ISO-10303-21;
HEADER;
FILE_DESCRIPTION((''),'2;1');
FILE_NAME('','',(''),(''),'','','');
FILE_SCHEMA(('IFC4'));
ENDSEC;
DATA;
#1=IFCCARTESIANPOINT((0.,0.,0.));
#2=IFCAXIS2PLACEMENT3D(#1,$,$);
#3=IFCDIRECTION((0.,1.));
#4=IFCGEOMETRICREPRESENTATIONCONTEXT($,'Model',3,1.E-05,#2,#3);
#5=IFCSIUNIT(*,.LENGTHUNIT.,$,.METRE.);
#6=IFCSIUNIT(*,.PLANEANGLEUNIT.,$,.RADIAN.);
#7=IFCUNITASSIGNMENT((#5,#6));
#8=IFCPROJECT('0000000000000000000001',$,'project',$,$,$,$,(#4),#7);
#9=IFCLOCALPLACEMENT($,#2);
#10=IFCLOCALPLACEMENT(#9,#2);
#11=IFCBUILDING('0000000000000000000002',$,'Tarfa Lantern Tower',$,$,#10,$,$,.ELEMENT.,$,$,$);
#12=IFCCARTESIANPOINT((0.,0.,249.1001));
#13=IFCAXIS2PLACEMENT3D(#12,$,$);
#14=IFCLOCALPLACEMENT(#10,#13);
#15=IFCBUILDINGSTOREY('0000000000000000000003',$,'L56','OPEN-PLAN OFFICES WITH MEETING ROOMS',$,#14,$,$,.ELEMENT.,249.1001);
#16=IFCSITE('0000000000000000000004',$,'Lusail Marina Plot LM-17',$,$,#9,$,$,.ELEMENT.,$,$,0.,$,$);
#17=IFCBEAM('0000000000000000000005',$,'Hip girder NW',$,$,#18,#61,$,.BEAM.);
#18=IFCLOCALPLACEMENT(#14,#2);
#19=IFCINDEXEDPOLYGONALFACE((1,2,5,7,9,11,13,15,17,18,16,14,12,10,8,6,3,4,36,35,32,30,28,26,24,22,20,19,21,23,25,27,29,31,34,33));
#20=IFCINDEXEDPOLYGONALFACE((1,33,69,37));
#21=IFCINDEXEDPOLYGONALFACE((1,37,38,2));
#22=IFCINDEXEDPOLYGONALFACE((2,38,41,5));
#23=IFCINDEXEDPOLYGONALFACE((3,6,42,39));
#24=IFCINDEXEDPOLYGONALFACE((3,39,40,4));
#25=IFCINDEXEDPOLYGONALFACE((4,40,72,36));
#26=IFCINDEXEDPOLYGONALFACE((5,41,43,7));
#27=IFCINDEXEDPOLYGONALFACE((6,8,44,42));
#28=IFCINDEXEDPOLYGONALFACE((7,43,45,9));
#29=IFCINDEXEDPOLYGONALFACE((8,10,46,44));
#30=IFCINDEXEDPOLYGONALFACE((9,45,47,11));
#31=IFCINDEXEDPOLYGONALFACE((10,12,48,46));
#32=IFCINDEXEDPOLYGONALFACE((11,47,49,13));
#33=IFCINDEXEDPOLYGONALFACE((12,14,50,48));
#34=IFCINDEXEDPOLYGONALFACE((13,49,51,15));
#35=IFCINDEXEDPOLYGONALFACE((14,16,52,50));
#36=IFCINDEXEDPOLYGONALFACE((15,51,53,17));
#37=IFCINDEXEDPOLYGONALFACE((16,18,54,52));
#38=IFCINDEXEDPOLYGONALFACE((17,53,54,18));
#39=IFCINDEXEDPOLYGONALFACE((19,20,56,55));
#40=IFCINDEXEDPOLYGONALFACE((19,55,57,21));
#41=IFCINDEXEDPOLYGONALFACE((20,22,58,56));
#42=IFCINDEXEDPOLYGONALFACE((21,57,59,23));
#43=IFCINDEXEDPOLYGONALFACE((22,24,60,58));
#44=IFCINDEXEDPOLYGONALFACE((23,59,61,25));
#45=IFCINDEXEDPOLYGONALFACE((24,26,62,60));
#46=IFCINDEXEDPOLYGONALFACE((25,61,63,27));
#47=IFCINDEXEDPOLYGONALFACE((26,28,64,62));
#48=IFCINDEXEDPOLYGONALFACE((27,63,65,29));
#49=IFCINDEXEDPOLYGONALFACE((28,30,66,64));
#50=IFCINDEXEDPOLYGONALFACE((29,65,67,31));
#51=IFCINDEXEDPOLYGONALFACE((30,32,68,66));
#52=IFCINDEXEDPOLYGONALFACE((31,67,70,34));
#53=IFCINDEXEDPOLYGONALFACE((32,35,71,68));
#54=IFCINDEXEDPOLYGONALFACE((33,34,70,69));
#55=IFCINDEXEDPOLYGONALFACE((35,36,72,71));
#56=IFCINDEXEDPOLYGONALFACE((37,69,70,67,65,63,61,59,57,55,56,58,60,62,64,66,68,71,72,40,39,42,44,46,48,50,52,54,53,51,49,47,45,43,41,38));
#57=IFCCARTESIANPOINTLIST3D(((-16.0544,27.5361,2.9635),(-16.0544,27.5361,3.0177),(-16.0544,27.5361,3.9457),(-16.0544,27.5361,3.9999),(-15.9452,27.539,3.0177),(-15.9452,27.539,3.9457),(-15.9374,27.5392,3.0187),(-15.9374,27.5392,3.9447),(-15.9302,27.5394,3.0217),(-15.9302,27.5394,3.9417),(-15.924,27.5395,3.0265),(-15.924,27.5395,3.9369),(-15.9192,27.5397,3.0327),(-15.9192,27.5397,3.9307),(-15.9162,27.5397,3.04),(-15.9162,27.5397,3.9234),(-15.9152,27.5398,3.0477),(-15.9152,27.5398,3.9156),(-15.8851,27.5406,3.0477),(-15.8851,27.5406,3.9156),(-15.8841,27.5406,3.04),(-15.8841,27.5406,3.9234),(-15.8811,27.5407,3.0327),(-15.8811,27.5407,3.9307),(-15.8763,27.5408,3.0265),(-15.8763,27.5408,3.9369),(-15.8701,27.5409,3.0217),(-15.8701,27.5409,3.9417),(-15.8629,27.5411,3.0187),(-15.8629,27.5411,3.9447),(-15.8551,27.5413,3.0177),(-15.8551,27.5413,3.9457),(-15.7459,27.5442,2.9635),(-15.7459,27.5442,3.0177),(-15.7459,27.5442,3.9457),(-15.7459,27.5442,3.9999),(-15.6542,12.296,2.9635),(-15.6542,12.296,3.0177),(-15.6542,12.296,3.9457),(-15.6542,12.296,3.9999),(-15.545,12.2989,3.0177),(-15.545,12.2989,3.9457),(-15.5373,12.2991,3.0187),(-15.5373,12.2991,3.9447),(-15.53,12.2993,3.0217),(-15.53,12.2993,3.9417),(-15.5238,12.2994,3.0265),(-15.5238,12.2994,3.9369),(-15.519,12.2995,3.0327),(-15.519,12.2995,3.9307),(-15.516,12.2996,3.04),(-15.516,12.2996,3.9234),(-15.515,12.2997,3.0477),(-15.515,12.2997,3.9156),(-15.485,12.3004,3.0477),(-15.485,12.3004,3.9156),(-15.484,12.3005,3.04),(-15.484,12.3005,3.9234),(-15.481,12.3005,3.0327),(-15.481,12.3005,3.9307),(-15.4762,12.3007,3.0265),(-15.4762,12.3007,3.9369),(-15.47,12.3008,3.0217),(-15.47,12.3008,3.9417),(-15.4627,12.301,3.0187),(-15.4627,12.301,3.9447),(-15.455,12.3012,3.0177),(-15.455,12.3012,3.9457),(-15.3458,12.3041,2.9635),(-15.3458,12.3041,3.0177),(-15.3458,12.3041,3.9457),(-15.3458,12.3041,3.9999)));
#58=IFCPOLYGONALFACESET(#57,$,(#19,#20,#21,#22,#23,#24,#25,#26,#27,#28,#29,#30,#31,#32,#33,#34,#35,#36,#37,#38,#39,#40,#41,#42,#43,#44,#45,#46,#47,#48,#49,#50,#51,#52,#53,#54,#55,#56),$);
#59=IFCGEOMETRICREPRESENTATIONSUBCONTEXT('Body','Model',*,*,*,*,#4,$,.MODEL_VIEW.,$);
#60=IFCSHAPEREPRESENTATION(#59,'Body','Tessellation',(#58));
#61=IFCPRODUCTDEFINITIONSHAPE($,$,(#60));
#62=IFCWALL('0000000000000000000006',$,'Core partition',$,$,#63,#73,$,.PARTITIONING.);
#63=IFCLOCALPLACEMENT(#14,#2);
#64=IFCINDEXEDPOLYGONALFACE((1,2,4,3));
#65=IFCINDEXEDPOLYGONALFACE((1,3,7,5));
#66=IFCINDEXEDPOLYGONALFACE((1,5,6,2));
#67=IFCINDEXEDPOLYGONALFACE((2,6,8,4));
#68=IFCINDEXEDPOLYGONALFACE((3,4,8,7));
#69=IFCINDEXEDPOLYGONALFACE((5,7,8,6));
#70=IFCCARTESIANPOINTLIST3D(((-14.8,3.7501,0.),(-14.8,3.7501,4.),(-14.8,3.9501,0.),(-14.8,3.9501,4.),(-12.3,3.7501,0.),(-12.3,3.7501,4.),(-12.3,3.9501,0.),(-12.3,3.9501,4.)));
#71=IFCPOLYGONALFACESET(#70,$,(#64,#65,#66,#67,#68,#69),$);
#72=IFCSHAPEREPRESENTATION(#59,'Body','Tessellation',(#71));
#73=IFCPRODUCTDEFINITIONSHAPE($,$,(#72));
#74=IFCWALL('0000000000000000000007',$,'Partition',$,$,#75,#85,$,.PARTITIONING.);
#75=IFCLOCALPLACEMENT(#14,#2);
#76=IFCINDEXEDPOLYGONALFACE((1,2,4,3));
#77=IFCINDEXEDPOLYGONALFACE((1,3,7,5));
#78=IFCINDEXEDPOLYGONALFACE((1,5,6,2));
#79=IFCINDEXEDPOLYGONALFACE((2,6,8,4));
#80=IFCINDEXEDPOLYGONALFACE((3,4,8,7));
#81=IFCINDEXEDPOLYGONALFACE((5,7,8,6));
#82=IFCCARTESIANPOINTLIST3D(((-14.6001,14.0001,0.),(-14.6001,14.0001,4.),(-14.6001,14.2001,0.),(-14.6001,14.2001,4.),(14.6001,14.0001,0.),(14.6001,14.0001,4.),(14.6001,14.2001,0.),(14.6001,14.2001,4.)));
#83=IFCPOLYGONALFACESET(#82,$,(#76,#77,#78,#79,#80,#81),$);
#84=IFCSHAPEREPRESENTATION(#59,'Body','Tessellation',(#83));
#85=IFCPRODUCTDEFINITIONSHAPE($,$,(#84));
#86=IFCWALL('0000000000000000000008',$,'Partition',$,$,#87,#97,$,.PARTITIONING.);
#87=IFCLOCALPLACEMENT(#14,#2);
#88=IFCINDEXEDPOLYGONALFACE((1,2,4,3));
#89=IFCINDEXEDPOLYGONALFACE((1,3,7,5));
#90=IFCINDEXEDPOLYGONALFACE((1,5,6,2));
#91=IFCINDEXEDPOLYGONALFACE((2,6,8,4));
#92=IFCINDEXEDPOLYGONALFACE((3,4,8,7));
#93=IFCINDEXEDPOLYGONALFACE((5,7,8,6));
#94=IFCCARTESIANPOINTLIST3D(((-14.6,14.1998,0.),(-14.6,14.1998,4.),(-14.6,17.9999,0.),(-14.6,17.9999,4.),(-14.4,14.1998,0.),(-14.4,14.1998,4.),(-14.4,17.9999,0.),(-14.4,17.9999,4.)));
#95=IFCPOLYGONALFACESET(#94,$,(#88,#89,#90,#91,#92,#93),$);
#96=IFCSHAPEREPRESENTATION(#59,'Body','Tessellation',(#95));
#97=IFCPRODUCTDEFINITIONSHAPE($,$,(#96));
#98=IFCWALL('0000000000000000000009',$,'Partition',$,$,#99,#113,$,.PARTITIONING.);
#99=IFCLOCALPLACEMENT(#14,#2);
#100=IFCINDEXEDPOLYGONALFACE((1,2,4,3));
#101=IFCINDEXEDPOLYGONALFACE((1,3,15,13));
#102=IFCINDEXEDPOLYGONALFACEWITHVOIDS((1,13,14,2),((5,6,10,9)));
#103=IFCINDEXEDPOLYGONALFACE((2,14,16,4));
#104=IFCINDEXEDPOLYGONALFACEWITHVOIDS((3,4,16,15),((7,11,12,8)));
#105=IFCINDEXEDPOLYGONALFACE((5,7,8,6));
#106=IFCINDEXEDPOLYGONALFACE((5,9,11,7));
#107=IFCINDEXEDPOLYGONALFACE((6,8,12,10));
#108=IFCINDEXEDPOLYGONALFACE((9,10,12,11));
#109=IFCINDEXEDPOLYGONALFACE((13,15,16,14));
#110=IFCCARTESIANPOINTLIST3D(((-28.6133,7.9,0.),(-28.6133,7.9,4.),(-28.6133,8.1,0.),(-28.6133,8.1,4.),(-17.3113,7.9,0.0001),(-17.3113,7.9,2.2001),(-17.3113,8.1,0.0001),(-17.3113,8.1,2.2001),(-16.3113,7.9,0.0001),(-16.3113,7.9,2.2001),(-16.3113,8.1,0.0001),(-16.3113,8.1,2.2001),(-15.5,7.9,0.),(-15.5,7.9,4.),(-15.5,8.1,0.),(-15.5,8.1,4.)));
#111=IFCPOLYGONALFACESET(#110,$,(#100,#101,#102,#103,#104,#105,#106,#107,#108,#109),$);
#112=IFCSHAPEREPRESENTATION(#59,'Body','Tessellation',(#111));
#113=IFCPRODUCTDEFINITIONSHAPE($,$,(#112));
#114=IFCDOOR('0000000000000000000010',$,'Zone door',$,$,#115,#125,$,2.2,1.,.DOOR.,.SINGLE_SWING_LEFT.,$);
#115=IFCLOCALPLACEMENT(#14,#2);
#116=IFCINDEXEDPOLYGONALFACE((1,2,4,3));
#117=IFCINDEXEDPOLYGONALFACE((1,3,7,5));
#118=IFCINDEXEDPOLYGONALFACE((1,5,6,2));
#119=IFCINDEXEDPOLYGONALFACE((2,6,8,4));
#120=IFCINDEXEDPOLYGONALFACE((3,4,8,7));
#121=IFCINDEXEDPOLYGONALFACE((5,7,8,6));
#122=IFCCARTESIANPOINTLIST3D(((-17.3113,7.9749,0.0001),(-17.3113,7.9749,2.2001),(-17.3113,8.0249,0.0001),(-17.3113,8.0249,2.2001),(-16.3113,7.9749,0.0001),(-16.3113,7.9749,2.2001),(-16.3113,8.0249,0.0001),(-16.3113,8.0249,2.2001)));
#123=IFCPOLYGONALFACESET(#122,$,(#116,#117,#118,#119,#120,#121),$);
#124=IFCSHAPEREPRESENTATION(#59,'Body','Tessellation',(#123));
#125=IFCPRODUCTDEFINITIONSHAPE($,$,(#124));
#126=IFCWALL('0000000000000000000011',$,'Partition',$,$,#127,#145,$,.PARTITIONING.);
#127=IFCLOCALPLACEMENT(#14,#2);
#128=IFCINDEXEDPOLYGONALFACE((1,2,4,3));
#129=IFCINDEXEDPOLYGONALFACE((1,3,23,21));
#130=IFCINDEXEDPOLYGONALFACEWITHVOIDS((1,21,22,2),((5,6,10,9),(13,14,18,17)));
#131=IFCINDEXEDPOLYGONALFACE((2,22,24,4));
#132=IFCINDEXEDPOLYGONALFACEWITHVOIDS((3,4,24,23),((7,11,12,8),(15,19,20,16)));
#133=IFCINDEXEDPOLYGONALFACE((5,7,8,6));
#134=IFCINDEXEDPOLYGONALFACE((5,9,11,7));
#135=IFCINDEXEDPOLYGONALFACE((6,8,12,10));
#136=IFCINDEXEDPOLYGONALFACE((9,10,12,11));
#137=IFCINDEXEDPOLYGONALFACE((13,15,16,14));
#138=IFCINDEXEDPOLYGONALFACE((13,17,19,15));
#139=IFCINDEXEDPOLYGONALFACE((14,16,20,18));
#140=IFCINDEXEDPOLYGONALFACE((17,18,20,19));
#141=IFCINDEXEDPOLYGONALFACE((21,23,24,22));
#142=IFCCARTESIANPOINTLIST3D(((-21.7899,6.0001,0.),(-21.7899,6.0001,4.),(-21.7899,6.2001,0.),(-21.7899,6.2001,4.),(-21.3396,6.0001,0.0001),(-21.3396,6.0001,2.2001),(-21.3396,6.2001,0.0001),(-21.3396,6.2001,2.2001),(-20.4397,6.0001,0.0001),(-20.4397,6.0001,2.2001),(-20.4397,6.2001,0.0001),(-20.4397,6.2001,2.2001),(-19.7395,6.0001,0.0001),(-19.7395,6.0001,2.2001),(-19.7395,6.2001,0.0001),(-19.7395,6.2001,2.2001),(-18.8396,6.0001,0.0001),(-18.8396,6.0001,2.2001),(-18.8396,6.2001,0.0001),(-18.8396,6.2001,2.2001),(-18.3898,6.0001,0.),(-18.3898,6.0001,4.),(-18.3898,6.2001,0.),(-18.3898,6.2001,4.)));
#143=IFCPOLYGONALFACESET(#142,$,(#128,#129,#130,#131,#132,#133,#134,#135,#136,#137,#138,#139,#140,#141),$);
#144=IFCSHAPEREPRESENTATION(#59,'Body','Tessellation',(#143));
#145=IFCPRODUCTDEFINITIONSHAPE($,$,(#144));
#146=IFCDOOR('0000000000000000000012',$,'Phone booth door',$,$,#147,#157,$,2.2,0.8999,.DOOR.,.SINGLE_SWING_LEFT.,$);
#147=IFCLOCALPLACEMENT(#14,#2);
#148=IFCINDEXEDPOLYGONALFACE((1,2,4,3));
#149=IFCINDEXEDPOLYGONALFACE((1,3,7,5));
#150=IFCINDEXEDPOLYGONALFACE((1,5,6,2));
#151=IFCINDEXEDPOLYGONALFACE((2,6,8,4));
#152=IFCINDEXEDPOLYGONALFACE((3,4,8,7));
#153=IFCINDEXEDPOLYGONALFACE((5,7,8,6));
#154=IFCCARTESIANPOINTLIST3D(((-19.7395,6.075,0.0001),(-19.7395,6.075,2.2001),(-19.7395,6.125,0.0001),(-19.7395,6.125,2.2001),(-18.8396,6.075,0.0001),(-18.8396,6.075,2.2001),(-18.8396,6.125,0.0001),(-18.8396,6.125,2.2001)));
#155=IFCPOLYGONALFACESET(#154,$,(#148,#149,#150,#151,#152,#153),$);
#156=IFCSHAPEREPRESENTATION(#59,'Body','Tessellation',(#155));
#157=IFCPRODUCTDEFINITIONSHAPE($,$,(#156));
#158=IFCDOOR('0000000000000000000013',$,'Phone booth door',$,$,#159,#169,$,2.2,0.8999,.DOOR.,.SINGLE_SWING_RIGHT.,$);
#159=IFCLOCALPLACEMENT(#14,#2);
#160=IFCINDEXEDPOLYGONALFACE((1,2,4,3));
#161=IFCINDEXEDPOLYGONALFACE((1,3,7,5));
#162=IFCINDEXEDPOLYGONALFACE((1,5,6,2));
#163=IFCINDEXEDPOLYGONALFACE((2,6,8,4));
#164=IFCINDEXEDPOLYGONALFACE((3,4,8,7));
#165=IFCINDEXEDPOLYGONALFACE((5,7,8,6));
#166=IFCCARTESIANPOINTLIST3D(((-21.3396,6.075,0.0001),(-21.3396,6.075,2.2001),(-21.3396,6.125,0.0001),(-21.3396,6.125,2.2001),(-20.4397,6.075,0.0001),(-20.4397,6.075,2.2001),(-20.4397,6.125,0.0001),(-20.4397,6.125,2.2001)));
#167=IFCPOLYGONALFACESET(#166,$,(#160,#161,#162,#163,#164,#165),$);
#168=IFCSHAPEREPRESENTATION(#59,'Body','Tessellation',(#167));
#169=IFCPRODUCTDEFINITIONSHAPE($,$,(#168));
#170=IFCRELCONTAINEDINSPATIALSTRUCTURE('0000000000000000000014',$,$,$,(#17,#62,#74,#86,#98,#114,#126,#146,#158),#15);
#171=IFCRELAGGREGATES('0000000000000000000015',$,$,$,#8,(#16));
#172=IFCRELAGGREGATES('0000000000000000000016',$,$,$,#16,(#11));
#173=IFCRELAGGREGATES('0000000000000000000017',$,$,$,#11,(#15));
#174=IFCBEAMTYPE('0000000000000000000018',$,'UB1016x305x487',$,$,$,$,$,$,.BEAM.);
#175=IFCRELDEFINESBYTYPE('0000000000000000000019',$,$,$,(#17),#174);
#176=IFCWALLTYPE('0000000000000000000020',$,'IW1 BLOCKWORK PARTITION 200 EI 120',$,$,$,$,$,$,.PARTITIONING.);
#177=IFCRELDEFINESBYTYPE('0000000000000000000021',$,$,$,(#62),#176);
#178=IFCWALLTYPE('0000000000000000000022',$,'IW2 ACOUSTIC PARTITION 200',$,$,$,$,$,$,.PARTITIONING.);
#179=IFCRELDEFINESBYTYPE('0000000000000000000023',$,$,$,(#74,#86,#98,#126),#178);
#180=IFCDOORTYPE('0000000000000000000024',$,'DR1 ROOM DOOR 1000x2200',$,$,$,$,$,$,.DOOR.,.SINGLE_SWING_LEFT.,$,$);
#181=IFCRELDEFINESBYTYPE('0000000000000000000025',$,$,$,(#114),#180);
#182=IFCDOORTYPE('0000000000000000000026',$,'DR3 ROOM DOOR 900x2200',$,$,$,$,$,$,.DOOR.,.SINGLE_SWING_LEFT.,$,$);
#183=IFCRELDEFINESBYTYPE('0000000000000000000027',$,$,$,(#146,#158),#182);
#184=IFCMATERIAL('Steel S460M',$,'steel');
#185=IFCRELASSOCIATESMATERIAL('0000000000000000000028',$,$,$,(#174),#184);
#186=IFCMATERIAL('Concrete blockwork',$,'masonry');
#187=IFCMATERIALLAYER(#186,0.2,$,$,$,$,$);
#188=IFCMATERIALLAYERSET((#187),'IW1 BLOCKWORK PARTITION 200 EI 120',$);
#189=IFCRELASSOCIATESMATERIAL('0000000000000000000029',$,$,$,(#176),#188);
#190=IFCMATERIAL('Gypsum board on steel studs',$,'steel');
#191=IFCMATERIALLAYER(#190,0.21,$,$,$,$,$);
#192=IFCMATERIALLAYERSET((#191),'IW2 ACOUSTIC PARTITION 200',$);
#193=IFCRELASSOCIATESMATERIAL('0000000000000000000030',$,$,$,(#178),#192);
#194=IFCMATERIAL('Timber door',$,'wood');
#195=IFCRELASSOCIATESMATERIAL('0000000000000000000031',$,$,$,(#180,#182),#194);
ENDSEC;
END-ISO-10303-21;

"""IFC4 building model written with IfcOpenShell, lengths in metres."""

from ifc_helpers import new_model, si_unit, direction, frame, frame_2d, origin, origin_2d, place, context, subcontext, project, spatial, rectangle, i_section, extrude, material, layer, layer_set, material_profile, profile_set, type_object, element, fill, save


model = new_model("IFC4")

# Units and contexts
model_context = context("Model", 3, precision=1e-05, world=origin(), true_north=direction((0.0, 1.0)))
body_context = subcontext(model_context, "Body", "Model", "MODEL_VIEW")
ifc_project = project(units=[si_unit("LENGTHUNIT", "METRE"), si_unit("PLANEANGLEUNIT", "RADIAN")], contexts=[model_context])

# Site, building, storey
site_placement = place(None, origin())
site = spatial("IfcSite", under=ifc_project, at=site_placement, Name="Lusail Marina Plot LM-17", CompositionType="ELEMENT", RefElevation=0.0)
building_placement = place(site_placement, origin())
building = spatial("IfcBuilding", under=site, at=building_placement, Name="Tarfa Lantern Tower", CompositionType="ELEMENT")
storey_placement = place(building_placement, frame((0.0, 0.0, 249.1001)))
storey = spatial("IfcBuildingStorey", under=building, at=storey_placement, Name="L56", Description="OPEN-PLAN OFFICES WITH MEETING ROOMS", CompositionType="ELEMENT", Elevation=249.1001)

# Beam
ifc_material_1 = material(Name="Steel S460M", Category="steel")
ifc_material_profile = material_profile(ifc_material_1, i_section(OverallWidth=0.3086, OverallDepth=1.0364, WebThickness=0.03, FlangeThickness=0.0542, FilletRadius=0.03, at=origin_2d()), Name="UB1016x305x487")
ifc_profile_set = profile_set([ifc_material_profile], Name="Steel S460M")
beam_type = type_object("IfcBeamType", Name="UB1016x305x487", PredefinedType="BEAM", material=ifc_profile_set)
beam_placement = place(storey_placement, frame((-15.5, 12.3, 3.4817), z_axis=(-0.026247, 0.999655, 0.0), x_axis=(-0.999655, -0.026247, 0.0)))
element("IfcBeam", 1, at=beam_placement, inside=storey, type_object=beam_type, Name="Hip girder NW", PredefinedType="BEAM", context=body_context, shape_type="SweptSolid", body=[
    extrude(i_section(OverallWidth=0.3086, OverallDepth=1.0364, WebThickness=0.03, FlangeThickness=0.0542, FilletRadius=0.03, at=origin_2d()), origin(), (0.0, 0.0, 1.0), 15.2454),
])

# Walls
ifc_material_2 = material(Name="Concrete blockwork", Category="masonry")
ifc_layer_1 = layer(ifc_material_2, 0.2)
ifc_layer_set_1 = layer_set([ifc_layer_1], Name="IW1 BLOCKWORK PARTITION 200 EI 120")
wall_type_1 = type_object("IfcWallType", Name="IW1 BLOCKWORK PARTITION 200 EI 120", PredefinedType="PARTITIONING", material=ifc_layer_set_1)
wall_1_placement = place(storey_placement, frame((-14.8, 3.8501, 0.0), z_axis=(0.0, 0.0, 1.0), x_axis=(1.0, 0.0, 0.0)))
element("IfcWall", 2, at=wall_1_placement, inside=storey, type_object=wall_type_1, Name="Core partition", PredefinedType="PARTITIONING", context=body_context, shape_type="SweptSolid", body=[
    extrude(rectangle(XDim=2.5, YDim=0.2, at=frame_2d((1.25, 0.0))), origin(), (0.0, 0.0, 1.0), 4.0),
])
ifc_material_3 = material(Name="Gypsum board on steel studs", Category="steel")
ifc_layer_2 = layer(ifc_material_3, 0.21)
ifc_layer_set_2 = layer_set([ifc_layer_2], Name="IW2 ACOUSTIC PARTITION 200")
wall_type_2 = type_object("IfcWallType", Name="IW2 ACOUSTIC PARTITION 200", PredefinedType="PARTITIONING", material=ifc_layer_set_2)
wall_2_placement = place(storey_placement, frame((-14.6001, 14.1001, 0.0), z_axis=(0.0, 0.0, 1.0), x_axis=(1.0, 0.0, 0.0)))
element("IfcWall", 3, at=wall_2_placement, inside=storey, type_object=wall_type_2, Name="Partition", PredefinedType="PARTITIONING", context=body_context, shape_type="SweptSolid", body=[
    extrude(rectangle(XDim=29.2002, YDim=0.2, at=frame_2d((14.6001, 0.0))), origin(), (0.0, 0.0, 1.0), 4.0),
])
wall_3_placement = place(storey_placement, frame((-14.5, 14.2, 0.0), z_axis=(0.0, 0.0, 1.0), x_axis=(0.0, 1.0, 0.0)))
element("IfcWall", 4, at=wall_3_placement, inside=storey, type_object=wall_type_2, Name="Partition", PredefinedType="PARTITIONING", context=body_context, shape_type="SweptSolid", body=[
    extrude(rectangle(XDim=3.8, YDim=0.2, at=frame_2d((1.8999, 0.0))), origin(), (0.0, 0.0, 1.0), 4.0),
])

# Wall, opening, door
wall_4_placement = place(storey_placement, frame((-15.5, 8.0, 0.0), z_axis=(0.0, 0.0, 1.0), x_axis=(-1.0, 0.0, 0.0)))
wall_4 = element("IfcWall", 5, at=wall_4_placement, inside=storey, type_object=wall_type_2, Name="Partition", PredefinedType="PARTITIONING", context=body_context, shape_type="SweptSolid", body=[
    extrude(rectangle(XDim=13.1133, YDim=0.2, at=frame_2d((6.5566, 0.0))), origin(), (0.0, 0.0, 1.0), 4.0),
])
opening_1_placement = place(wall_4_placement, frame((0.8113, 0.0, 0.0)))
opening_1 = element("IfcOpeningElement", 6, at=opening_1_placement, cuts=wall_4, PredefinedType="OPENING", context=body_context, shape_type="SweptSolid", body=[
    extrude(rectangle(XDim=1.0, YDim=2.2, at=frame_2d((0.5, 1.1001))), frame((0.0, 0.1099, 0.0), z_axis=(0.0, -1.0, 0.0), x_axis=(1.0, 0.0, 0.0)), (0.0, 0.0, 1.0), 0.22),
])
ifc_material_4 = material(Name="Timber door", Category="wood")
door_type_1 = type_object("IfcDoorType", Name="DR1 ROOM DOOR 1000x2200", OperationType="SINGLE_SWING_LEFT", PredefinedType="DOOR", material=ifc_material_4)
door_1_placement = place(opening_1_placement, frame((1.0, 0.0, 0.0), z_axis=(0.0, 0.0, 1.0), x_axis=(-1.0, 0.0, 0.0)))
door_1 = element("IfcDoor", 7, at=door_1_placement, inside=storey, type_object=door_type_1, Name="Zone door", OperationType="SINGLE_SWING_LEFT", OverallHeight=2.2, OverallWidth=1.0, PredefinedType="DOOR", context=body_context, shape_type="SweptSolid", body=[
    extrude(rectangle(XDim=1.0, YDim=2.2, at=frame_2d((0.5, 1.1001))), frame((0.0, 0.0249, 0.0), z_axis=(0.0, -1.0, 0.0), x_axis=(1.0, 0.0, 0.0)), (0.0, 0.0, 1.0), 0.05),
])
fill(opening_1, door_1)

# Wall, openings, doors
wall_5_placement = place(storey_placement, frame((-18.3896, 6.1001, 0.0), z_axis=(0.0, 0.0, 1.0), x_axis=(-1.0, 0.0, 0.0)))
wall_5 = element("IfcWall", 8, at=wall_5_placement, inside=storey, type_object=wall_type_2, Name="Partition", PredefinedType="PARTITIONING", context=body_context, shape_type="SweptSolid", body=[
    extrude(rectangle(XDim=3.4001, YDim=0.2, at=frame_2d((1.7002, 0.0))), origin(), (0.0, 0.0, 1.0), 4.0),
])
opening_2_placement = place(wall_5_placement, frame((0.45, 0.0, 0.0)))
opening_2 = element("IfcOpeningElement", 9, at=opening_2_placement, cuts=wall_5, PredefinedType="OPENING", context=body_context, shape_type="SweptSolid", body=[
    extrude(rectangle(XDim=0.8999, YDim=2.2, at=frame_2d((0.45, 1.1001))), frame((0.0, 0.1099, 0.0), z_axis=(0.0, -1.0, 0.0), x_axis=(1.0, 0.0, 0.0)), (0.0, 0.0, 1.0), 0.22),
])
opening_3_placement = place(wall_5_placement, frame((2.05, 0.0, 0.0)))
opening_3 = element("IfcOpeningElement", 10, at=opening_3_placement, cuts=wall_5, PredefinedType="OPENING", context=body_context, shape_type="SweptSolid", body=[
    extrude(rectangle(XDim=0.8999, YDim=2.2, at=frame_2d((0.45, 1.1001))), frame((0.0, 0.1099, 0.0), z_axis=(0.0, -1.0, 0.0), x_axis=(1.0, 0.0, 0.0)), (0.0, 0.0, 1.0), 0.22),
])
door_type_2 = type_object("IfcDoorType", Name="DR3 ROOM DOOR 900x2200", OperationType="SINGLE_SWING_LEFT", PredefinedType="DOOR", material=ifc_material_4)
door_2_placement = place(opening_2_placement, frame((0.8999, 0.0, 0.0), z_axis=(0.0, 0.0, 1.0), x_axis=(-1.0, 0.0, 0.0)))
door_2 = element("IfcDoor", 11, at=door_2_placement, inside=storey, type_object=door_type_2, Name="Phone booth door", OperationType="SINGLE_SWING_LEFT", OverallHeight=2.2, OverallWidth=0.8999, PredefinedType="DOOR", context=body_context, shape_type="SweptSolid", body=[
    extrude(rectangle(XDim=0.8999, YDim=2.2, at=frame_2d((0.45, 1.1001))), frame((0.0, 0.0249, 0.0), z_axis=(0.0, -1.0, 0.0), x_axis=(1.0, 0.0, 0.0)), (0.0, 0.0, 1.0), 0.05),
])
fill(opening_2, door_2)
door_3_placement = place(opening_3_placement, frame((0.8999, 0.0, 0.0), z_axis=(0.0, 0.0, 1.0), x_axis=(-1.0, 0.0, 0.0)))
door_3 = element("IfcDoor", 12, at=door_3_placement, inside=storey, type_object=door_type_2, Name="Phone booth door", OperationType="SINGLE_SWING_RIGHT", OverallHeight=2.2, OverallWidth=0.8999, PredefinedType="DOOR", context=body_context, shape_type="SweptSolid", body=[
    extrude(rectangle(XDim=0.8999, YDim=2.2, at=frame_2d((0.45, 1.1001))), frame((0.0, 0.0249, 0.0), z_axis=(0.0, -1.0, 0.0), x_axis=(1.0, 0.0, 0.0)), (0.0, 0.0, 1.0), 0.05),
])
fill(opening_3, door_3)

save(model, "model.ifc")
